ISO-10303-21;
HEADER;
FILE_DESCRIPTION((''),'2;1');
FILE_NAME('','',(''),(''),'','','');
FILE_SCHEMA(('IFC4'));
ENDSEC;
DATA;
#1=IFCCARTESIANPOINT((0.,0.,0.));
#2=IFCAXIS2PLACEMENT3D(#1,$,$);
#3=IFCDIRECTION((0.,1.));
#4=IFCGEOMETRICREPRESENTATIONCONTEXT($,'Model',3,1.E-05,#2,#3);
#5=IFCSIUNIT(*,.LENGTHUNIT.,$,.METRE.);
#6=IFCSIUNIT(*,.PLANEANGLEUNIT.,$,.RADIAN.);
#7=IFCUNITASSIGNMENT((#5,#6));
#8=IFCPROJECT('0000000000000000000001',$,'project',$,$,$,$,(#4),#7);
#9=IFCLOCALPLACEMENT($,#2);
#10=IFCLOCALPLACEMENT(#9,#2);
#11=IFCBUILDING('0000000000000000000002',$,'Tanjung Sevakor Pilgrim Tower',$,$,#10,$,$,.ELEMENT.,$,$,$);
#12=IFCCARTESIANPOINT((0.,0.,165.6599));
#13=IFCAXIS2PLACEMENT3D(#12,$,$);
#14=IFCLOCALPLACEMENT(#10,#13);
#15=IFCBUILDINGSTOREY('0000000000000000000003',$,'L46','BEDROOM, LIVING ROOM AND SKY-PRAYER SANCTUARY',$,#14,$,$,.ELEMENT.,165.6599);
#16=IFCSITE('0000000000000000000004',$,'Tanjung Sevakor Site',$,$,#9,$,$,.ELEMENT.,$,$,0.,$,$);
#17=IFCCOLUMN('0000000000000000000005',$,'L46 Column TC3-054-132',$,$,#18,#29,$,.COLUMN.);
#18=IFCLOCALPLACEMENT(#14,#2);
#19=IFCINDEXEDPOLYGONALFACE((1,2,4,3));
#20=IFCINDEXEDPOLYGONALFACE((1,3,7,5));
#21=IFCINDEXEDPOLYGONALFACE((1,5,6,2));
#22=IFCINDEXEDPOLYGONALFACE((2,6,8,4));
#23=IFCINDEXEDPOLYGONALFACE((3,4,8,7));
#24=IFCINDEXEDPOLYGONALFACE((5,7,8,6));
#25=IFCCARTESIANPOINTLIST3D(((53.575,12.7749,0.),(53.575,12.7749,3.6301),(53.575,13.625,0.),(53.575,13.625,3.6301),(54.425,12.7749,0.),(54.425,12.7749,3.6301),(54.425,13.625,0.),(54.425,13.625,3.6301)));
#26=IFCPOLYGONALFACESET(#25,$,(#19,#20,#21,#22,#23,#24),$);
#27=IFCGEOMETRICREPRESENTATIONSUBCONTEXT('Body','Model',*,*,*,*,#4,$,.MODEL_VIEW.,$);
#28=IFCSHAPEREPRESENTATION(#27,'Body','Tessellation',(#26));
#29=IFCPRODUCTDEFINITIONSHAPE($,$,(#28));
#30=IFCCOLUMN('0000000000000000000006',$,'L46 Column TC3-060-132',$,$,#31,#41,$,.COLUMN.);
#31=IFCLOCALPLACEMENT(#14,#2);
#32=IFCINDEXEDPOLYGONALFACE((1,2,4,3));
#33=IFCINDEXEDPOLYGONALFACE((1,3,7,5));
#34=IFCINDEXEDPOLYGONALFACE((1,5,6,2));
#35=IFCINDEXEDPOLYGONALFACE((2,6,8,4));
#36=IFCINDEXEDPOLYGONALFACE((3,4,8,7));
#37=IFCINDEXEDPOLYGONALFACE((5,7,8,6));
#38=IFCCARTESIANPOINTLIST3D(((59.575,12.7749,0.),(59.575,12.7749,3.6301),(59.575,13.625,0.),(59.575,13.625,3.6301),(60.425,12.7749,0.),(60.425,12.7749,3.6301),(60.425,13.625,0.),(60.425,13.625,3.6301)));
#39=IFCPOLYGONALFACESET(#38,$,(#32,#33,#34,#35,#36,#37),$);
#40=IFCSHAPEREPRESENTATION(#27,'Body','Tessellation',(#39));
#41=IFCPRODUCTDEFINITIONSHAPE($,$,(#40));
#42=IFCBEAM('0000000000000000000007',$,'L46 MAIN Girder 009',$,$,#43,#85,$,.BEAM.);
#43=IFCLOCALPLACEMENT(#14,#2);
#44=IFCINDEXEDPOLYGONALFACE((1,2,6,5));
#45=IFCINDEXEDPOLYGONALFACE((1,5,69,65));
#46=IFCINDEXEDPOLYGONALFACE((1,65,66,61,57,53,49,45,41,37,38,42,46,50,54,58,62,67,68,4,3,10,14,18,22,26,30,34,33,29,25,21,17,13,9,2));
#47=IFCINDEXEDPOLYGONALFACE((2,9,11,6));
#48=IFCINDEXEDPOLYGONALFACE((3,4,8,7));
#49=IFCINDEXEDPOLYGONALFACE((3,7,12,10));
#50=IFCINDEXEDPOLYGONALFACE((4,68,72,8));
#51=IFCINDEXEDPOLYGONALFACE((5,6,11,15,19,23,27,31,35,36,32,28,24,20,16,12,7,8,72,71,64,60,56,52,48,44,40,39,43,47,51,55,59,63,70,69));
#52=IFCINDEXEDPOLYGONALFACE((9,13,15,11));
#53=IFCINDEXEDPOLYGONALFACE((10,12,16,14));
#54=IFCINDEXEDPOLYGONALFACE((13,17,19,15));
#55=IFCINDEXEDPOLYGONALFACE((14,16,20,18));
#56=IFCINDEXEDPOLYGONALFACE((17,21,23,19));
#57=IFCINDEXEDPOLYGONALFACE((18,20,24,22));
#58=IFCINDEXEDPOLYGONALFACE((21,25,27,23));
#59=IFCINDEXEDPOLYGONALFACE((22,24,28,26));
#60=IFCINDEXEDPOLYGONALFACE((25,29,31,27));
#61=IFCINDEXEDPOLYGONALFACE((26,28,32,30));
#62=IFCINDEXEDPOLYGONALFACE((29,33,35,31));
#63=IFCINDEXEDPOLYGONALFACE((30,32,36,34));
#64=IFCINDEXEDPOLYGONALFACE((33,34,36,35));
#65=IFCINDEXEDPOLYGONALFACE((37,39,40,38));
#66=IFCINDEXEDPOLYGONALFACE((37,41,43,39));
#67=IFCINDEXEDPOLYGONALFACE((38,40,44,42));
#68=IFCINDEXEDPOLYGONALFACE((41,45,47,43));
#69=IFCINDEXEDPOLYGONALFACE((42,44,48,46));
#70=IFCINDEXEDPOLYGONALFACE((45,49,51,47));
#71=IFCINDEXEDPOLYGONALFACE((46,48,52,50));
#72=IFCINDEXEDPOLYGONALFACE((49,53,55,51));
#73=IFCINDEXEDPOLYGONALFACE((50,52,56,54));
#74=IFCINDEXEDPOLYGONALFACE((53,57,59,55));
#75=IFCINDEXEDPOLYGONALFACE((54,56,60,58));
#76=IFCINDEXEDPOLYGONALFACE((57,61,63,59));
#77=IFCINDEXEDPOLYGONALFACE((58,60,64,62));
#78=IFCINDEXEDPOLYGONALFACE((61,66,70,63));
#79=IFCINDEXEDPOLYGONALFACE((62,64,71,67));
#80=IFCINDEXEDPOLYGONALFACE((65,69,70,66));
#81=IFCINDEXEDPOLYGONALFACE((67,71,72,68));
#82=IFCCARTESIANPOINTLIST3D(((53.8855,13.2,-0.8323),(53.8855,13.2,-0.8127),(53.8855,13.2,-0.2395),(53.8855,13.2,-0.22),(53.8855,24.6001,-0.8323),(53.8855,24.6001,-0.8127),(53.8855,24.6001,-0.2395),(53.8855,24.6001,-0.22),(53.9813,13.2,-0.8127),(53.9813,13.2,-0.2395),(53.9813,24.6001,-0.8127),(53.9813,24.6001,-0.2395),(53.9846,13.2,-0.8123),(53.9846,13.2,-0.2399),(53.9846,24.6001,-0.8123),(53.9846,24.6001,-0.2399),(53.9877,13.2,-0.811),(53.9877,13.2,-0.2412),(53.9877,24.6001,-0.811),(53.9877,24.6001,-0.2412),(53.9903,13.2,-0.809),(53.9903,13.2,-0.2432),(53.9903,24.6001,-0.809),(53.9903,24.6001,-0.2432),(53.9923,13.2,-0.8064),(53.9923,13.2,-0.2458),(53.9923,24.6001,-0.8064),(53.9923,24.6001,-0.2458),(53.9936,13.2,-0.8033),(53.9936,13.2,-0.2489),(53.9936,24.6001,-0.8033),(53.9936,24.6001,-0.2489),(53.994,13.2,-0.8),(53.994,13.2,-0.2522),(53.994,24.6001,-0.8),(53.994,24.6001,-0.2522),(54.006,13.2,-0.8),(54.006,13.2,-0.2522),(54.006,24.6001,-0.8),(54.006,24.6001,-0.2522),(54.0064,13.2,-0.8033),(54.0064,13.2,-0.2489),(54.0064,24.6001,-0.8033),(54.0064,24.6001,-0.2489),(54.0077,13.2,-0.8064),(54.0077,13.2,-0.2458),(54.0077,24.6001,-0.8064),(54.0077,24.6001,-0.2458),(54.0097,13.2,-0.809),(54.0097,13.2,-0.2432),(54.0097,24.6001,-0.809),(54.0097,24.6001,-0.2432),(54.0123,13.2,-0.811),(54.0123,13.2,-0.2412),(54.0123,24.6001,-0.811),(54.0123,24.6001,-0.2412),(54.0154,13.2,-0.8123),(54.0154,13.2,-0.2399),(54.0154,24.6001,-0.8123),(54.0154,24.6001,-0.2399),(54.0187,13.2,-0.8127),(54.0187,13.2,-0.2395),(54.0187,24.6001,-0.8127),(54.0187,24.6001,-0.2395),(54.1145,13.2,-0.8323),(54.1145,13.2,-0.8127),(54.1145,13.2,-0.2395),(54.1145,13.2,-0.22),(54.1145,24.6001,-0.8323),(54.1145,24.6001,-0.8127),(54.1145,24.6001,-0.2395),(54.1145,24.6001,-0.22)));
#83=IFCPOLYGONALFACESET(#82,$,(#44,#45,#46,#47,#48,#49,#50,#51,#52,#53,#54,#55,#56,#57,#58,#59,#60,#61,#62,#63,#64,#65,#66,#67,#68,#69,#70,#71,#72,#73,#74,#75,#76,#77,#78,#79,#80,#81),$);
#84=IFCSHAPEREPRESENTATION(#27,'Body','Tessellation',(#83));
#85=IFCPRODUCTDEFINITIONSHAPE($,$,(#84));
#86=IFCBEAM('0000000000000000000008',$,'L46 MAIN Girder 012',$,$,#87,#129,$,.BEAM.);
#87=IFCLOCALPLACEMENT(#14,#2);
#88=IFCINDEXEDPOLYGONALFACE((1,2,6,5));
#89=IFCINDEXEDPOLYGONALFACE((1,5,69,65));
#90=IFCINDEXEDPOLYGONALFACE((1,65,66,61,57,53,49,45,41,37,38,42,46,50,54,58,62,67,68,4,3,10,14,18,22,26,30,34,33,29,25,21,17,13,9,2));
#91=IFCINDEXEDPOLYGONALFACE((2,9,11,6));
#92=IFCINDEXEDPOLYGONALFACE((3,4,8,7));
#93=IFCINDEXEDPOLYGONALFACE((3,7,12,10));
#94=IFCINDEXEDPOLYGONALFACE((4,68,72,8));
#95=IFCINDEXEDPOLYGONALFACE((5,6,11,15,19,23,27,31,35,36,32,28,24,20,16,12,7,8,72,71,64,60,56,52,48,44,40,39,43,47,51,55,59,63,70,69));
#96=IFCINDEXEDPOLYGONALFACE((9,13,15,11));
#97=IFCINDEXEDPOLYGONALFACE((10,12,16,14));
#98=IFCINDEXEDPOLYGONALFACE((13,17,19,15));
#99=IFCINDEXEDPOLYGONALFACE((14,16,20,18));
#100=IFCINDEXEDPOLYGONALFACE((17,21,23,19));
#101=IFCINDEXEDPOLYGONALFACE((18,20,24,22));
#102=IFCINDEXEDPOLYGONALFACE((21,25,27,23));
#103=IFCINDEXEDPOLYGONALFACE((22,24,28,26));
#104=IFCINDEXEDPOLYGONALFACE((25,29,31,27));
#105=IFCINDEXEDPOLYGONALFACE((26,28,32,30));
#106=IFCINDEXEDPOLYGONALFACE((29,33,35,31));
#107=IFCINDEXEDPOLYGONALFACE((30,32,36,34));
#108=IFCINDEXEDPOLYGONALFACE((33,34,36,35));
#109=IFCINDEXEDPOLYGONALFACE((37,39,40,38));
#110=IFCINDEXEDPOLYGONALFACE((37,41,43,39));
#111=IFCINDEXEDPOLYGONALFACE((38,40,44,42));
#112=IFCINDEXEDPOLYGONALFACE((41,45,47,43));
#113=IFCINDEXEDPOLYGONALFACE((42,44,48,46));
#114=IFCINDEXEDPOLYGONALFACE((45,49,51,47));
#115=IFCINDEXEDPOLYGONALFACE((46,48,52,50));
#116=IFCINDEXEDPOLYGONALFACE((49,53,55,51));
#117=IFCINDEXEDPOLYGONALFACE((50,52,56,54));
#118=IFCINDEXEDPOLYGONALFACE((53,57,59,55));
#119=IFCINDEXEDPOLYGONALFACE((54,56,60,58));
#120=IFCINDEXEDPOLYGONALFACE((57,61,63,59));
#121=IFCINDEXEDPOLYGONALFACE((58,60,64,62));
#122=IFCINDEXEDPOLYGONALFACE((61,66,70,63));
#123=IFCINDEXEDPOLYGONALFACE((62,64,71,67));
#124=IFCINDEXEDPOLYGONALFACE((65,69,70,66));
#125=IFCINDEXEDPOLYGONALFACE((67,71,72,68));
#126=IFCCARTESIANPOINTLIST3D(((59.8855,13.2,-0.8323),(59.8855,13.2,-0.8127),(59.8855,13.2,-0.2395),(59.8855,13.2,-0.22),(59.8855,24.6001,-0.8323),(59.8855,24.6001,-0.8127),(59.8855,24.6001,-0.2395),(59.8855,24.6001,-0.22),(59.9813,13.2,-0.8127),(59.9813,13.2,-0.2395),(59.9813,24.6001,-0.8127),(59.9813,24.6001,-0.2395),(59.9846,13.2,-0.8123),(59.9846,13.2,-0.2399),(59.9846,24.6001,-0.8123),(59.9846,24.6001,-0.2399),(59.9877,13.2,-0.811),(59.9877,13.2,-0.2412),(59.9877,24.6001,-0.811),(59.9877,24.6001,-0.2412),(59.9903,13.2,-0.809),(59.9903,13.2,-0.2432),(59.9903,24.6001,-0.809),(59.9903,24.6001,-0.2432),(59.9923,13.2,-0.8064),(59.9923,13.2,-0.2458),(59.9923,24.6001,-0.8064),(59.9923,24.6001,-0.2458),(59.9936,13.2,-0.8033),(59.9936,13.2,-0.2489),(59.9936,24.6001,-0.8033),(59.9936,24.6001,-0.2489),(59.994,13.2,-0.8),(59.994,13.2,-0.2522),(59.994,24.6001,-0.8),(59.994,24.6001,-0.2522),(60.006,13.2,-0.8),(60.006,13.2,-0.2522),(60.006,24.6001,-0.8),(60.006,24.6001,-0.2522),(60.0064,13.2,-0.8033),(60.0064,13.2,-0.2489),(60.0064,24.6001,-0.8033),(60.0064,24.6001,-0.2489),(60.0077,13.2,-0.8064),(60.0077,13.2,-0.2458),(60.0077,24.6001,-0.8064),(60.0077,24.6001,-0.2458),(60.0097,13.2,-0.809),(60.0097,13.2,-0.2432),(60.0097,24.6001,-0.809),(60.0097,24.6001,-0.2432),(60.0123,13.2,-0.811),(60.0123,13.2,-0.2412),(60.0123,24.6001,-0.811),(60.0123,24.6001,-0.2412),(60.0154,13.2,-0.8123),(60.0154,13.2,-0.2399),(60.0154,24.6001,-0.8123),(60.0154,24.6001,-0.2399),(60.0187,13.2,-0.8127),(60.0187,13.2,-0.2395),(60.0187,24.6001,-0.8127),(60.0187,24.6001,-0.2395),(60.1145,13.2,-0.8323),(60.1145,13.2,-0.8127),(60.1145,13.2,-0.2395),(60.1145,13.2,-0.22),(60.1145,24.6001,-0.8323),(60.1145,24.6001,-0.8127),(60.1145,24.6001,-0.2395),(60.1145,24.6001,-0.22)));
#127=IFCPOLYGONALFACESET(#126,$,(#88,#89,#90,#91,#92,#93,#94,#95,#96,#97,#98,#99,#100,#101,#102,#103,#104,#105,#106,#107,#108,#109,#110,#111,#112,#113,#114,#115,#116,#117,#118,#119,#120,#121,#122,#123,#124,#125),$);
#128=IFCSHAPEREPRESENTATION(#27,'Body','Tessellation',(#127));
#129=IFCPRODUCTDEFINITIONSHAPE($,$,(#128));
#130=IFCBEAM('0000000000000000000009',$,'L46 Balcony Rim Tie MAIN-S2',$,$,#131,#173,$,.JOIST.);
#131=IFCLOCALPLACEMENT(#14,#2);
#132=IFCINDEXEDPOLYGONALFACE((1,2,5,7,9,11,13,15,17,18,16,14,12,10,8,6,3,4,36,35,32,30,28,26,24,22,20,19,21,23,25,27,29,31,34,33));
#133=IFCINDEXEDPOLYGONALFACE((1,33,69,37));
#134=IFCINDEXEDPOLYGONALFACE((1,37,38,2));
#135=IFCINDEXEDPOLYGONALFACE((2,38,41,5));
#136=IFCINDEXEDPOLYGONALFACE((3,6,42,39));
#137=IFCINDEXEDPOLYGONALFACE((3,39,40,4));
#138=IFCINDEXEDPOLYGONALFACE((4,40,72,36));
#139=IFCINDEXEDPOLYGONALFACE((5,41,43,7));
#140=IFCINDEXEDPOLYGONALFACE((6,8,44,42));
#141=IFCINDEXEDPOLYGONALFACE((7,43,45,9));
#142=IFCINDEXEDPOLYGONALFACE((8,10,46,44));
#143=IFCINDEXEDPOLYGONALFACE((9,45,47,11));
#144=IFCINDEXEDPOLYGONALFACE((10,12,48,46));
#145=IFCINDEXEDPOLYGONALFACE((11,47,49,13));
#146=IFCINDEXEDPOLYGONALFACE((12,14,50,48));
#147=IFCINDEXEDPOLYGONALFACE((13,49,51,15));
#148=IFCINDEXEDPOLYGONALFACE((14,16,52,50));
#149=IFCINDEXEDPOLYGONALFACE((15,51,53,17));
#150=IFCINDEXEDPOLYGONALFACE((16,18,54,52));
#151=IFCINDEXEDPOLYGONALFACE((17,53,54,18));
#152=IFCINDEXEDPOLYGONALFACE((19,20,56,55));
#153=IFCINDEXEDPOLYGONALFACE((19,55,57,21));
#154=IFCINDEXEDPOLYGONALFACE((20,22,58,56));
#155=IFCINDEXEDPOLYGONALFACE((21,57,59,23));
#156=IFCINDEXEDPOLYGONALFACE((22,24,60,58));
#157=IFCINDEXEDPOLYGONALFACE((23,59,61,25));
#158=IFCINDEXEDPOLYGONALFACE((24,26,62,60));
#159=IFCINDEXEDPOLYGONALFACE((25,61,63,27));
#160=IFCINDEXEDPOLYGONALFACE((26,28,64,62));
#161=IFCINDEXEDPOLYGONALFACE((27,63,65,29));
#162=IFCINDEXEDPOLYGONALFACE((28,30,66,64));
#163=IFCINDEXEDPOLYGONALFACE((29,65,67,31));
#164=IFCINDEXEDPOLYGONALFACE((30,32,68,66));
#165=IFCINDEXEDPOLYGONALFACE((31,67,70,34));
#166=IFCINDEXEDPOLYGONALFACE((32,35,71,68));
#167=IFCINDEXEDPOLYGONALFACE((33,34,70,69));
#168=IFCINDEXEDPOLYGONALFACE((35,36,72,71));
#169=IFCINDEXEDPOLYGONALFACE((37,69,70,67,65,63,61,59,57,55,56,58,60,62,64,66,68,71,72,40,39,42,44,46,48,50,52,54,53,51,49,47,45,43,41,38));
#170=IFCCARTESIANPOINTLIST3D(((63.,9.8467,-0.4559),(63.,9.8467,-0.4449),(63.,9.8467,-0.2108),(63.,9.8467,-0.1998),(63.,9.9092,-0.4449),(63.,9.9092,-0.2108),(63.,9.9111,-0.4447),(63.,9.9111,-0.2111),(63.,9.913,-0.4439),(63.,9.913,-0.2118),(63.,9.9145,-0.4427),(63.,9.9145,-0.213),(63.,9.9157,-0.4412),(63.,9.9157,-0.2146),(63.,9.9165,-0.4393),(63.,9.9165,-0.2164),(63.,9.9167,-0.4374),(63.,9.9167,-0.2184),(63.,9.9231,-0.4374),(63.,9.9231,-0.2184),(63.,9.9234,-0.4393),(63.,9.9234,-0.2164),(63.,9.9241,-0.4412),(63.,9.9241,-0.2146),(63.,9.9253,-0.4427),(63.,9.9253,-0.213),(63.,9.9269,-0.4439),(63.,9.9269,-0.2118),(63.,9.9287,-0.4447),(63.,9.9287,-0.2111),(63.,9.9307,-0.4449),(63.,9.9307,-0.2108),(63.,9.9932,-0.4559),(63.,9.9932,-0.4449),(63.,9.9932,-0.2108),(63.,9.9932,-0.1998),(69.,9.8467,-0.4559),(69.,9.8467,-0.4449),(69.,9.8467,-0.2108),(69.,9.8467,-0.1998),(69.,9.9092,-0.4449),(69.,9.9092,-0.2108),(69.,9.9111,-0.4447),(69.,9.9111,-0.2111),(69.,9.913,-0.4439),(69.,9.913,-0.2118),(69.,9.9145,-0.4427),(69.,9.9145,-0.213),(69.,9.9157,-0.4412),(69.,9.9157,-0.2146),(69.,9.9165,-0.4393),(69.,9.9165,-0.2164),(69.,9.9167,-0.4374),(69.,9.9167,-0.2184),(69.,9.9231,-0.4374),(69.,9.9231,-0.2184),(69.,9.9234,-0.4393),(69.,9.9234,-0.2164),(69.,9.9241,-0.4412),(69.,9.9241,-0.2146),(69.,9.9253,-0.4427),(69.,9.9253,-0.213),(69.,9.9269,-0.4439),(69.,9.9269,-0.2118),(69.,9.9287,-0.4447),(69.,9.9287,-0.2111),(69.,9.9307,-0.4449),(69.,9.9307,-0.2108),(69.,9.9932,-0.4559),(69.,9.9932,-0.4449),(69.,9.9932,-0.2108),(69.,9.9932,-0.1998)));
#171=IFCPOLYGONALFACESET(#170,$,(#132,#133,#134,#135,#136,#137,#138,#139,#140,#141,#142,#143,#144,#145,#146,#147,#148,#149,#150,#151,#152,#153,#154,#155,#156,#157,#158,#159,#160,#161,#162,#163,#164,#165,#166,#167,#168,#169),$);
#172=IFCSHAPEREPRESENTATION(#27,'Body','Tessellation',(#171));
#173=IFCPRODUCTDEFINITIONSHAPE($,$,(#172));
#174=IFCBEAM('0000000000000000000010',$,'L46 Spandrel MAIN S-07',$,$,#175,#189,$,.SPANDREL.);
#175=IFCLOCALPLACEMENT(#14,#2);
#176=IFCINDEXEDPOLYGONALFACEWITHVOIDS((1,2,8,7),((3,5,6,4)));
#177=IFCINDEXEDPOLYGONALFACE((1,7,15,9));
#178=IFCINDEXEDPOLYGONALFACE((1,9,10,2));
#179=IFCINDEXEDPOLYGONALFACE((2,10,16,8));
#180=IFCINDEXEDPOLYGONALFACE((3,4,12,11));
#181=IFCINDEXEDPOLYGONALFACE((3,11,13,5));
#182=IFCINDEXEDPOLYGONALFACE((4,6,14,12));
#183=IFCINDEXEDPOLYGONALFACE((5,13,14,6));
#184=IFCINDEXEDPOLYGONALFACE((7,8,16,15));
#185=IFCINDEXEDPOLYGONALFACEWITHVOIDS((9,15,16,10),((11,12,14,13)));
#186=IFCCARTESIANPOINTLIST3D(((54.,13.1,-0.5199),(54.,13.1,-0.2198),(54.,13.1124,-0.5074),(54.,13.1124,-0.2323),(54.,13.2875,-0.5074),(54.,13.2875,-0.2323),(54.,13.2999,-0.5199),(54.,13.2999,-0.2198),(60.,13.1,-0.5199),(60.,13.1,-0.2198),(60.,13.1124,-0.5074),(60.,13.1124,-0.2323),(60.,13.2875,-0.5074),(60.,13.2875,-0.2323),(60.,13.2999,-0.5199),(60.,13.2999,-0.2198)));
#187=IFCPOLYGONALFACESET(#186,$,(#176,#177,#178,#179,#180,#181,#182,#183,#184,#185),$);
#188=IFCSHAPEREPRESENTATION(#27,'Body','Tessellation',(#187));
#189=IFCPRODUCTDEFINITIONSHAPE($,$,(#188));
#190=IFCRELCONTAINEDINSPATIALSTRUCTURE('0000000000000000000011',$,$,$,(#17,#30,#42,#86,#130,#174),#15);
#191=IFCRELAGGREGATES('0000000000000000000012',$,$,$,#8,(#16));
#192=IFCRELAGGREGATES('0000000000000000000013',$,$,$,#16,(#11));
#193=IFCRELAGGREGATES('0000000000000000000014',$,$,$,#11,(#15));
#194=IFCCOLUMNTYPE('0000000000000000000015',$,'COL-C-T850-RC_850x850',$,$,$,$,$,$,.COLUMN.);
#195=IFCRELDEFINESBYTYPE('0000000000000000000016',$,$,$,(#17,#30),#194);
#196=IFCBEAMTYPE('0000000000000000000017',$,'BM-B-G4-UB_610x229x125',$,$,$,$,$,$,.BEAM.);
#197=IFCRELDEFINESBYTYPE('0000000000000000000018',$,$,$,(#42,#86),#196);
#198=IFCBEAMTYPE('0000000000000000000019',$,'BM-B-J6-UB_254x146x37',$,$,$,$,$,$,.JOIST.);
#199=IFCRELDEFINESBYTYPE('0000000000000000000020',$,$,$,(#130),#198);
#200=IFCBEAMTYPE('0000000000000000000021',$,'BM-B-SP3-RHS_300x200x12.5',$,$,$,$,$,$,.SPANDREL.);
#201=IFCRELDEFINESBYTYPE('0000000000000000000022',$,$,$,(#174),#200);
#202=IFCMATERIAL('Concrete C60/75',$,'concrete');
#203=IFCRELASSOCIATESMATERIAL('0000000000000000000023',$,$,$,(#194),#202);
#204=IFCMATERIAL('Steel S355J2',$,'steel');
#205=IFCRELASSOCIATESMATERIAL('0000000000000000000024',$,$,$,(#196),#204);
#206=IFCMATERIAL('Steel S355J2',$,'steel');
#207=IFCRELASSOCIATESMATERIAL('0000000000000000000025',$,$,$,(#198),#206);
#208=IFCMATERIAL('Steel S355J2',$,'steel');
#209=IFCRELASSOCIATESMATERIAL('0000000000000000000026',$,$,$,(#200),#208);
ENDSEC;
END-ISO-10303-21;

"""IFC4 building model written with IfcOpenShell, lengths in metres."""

from ifc_helpers import new_model, si_unit, direction, frame, origin, origin_2d, place, context, subcontext, project, spatial, rectangle, hollow_rectangle, i_section, extrude, material, material_profile, profile_set, type_object, element, save


model = new_model("IFC4")

# Units and contexts
model_context = context("Model", 3, precision=1e-05, world=origin(), true_north=direction((0.0, 1.0)))
body_context = subcontext(model_context, "Body", "Model", "MODEL_VIEW")
ifc_project = project(units=[si_unit("LENGTHUNIT", "METRE"), si_unit("PLANEANGLEUNIT", "RADIAN")], contexts=[model_context])

# Site, building, storey
site_placement = place(None, origin())
site = spatial("IfcSite", under=ifc_project, at=site_placement, Name="Tanjung Sevakor Site", CompositionType="ELEMENT", RefElevation=0.0)
building_placement = place(site_placement, origin())
building = spatial("IfcBuilding", under=site, at=building_placement, Name="Tanjung Sevakor Pilgrim Tower", CompositionType="ELEMENT")
storey_placement = place(building_placement, frame((0.0, 0.0, 165.6599)))
storey = spatial("IfcBuildingStorey", under=building, at=storey_placement, Name="L46", Description="BEDROOM, LIVING ROOM AND SKY-PRAYER SANCTUARY", CompositionType="ELEMENT", Elevation=165.6599)

# Columns
ifc_material_1 = material(Name="Concrete C60/75", Category="concrete")
ifc_material_profile_1 = material_profile(ifc_material_1, rectangle(XDim=0.8501, YDim=0.8501, at=origin_2d()))
ifc_profile_set_1 = profile_set([ifc_material_profile_1], Name="Concrete C60/75")
column_type = type_object("IfcColumnType", Name="COL-C-T850-RC_850x850", PredefinedType="COLUMN", material=ifc_profile_set_1)
for number, where, z_axis, x_axis, name in (
    (1, (54.0, 13.2, 0.0), (0.0, 0.0, 1.0), (1.0, 0.0, 0.0), "L46 Column TC3-054-132"),
    (2, (60.0, 13.2, 0.0), (0.0, 0.0, 1.0), (1.0, 0.0, 0.0), "L46 Column TC3-060-132"),
):
    element("IfcColumn", number, at=place(storey_placement, frame(where, z_axis=z_axis, x_axis=x_axis)), inside=storey, type_object=column_type, Name=name, PredefinedType="COLUMN", context=body_context, shape_type="SweptSolid", body=[
        extrude(rectangle(XDim=0.8501, YDim=0.8501, at=origin_2d()), origin(), (0.0, 0.0, 1.0), 3.6301),
    ])

# Beams
ifc_material_2 = material(Name="Steel S355J2", Category="steel")
ifc_material_profile_2 = material_profile(ifc_material_2, i_section(OverallWidth=0.229, OverallDepth=0.6123, WebThickness=0.012, FlangeThickness=0.0195, FilletRadius=0.0127, at=origin_2d()))
ifc_profile_set_2 = profile_set([ifc_material_profile_2], Name="Steel S355J2")
beam_type_1 = type_object("IfcBeamType", Name="BM-B-G4-UB_610x229x125", PredefinedType="BEAM", material=ifc_profile_set_2)
for number, where, z_axis, x_axis, name in (
    (3, (54.0, 13.2, -0.5261), (0.0, 1.0, 0.0), (-1.0, 0.0, 0.0), "L46 MAIN Girder 009"),
    (4, (60.0, 13.2, -0.5261), (0.0, 1.0, 0.0), (-1.0, 0.0, 0.0), "L46 MAIN Girder 012"),
):
    element("IfcBeam", number, at=place(storey_placement, frame(where, z_axis=z_axis, x_axis=x_axis)), inside=storey, type_object=beam_type_1, Name=name, PredefinedType="BEAM", context=body_context, shape_type="SweptSolid", body=[
        extrude(i_section(OverallWidth=0.229, OverallDepth=0.6123, WebThickness=0.012, FlangeThickness=0.0195, FilletRadius=0.0127, at=origin_2d()), origin(), (0.0, 0.0, 1.0), 11.4001),
    ])
ifc_material_3 = material(Name="Steel S355J2", Category="steel")
ifc_material_profile_3 = material_profile(ifc_material_3, i_section(OverallWidth=0.1465, OverallDepth=0.2561, WebThickness=0.0063, FlangeThickness=0.011, FilletRadius=0.0076, at=origin_2d()))
ifc_profile_set_3 = profile_set([ifc_material_profile_3], Name="Steel S355J2")
beam_type_2 = type_object("IfcBeamType", Name="BM-B-J6-UB_254x146x37", PredefinedType="JOIST", material=ifc_profile_set_3)
beam_placement = place(storey_placement, frame((63.0, 9.9199, -0.3279), z_axis=(1.0, 0.0, 0.0), x_axis=(0.0, 1.0, 0.0)))
element("IfcBeam", 5, at=beam_placement, inside=storey, type_object=beam_type_2, Name="L46 Balcony Rim Tie MAIN-S2", PredefinedType="JOIST", context=body_context, shape_type="SweptSolid", body=[
    extrude(i_section(OverallWidth=0.1465, OverallDepth=0.2561, WebThickness=0.0063, FlangeThickness=0.011, FilletRadius=0.0076, at=origin_2d()), origin(), (0.0, 0.0, 1.0), 6.0),
])
ifc_material_4 = material(Name="Steel S355J2", Category="steel")
ifc_material_profile_4 = material_profile(ifc_material_4, hollow_rectangle(XDim=0.2, YDim=0.3, WallThickness=0.0125, at=origin_2d()))
ifc_profile_set_4 = profile_set([ifc_material_profile_4], Name="Steel S355J2")
beam_type_3 = type_object("IfcBeamType", Name="BM-B-SP3-RHS_300x200x12.5", PredefinedType="SPANDREL", material=ifc_profile_set_4)
for number, where, z_axis, x_axis, name in (
    (6, (54.0, 13.2, -0.3699), (1.0, 0.0, 0.0), (0.0, 1.0, 0.0), "L46 Spandrel MAIN S-07"),
):
    element("IfcBeam", number, at=place(storey_placement, frame(where, z_axis=z_axis, x_axis=x_axis)), inside=storey, type_object=beam_type_3, Name=name, PredefinedType="SPANDREL", context=body_context, shape_type="SweptSolid", body=[
        extrude(hollow_rectangle(XDim=0.2, YDim=0.3, WallThickness=0.0125, at=origin_2d()), origin(), (0.0, 0.0, 1.0), 6.0),
    ])

save(model, "model.ifc")
